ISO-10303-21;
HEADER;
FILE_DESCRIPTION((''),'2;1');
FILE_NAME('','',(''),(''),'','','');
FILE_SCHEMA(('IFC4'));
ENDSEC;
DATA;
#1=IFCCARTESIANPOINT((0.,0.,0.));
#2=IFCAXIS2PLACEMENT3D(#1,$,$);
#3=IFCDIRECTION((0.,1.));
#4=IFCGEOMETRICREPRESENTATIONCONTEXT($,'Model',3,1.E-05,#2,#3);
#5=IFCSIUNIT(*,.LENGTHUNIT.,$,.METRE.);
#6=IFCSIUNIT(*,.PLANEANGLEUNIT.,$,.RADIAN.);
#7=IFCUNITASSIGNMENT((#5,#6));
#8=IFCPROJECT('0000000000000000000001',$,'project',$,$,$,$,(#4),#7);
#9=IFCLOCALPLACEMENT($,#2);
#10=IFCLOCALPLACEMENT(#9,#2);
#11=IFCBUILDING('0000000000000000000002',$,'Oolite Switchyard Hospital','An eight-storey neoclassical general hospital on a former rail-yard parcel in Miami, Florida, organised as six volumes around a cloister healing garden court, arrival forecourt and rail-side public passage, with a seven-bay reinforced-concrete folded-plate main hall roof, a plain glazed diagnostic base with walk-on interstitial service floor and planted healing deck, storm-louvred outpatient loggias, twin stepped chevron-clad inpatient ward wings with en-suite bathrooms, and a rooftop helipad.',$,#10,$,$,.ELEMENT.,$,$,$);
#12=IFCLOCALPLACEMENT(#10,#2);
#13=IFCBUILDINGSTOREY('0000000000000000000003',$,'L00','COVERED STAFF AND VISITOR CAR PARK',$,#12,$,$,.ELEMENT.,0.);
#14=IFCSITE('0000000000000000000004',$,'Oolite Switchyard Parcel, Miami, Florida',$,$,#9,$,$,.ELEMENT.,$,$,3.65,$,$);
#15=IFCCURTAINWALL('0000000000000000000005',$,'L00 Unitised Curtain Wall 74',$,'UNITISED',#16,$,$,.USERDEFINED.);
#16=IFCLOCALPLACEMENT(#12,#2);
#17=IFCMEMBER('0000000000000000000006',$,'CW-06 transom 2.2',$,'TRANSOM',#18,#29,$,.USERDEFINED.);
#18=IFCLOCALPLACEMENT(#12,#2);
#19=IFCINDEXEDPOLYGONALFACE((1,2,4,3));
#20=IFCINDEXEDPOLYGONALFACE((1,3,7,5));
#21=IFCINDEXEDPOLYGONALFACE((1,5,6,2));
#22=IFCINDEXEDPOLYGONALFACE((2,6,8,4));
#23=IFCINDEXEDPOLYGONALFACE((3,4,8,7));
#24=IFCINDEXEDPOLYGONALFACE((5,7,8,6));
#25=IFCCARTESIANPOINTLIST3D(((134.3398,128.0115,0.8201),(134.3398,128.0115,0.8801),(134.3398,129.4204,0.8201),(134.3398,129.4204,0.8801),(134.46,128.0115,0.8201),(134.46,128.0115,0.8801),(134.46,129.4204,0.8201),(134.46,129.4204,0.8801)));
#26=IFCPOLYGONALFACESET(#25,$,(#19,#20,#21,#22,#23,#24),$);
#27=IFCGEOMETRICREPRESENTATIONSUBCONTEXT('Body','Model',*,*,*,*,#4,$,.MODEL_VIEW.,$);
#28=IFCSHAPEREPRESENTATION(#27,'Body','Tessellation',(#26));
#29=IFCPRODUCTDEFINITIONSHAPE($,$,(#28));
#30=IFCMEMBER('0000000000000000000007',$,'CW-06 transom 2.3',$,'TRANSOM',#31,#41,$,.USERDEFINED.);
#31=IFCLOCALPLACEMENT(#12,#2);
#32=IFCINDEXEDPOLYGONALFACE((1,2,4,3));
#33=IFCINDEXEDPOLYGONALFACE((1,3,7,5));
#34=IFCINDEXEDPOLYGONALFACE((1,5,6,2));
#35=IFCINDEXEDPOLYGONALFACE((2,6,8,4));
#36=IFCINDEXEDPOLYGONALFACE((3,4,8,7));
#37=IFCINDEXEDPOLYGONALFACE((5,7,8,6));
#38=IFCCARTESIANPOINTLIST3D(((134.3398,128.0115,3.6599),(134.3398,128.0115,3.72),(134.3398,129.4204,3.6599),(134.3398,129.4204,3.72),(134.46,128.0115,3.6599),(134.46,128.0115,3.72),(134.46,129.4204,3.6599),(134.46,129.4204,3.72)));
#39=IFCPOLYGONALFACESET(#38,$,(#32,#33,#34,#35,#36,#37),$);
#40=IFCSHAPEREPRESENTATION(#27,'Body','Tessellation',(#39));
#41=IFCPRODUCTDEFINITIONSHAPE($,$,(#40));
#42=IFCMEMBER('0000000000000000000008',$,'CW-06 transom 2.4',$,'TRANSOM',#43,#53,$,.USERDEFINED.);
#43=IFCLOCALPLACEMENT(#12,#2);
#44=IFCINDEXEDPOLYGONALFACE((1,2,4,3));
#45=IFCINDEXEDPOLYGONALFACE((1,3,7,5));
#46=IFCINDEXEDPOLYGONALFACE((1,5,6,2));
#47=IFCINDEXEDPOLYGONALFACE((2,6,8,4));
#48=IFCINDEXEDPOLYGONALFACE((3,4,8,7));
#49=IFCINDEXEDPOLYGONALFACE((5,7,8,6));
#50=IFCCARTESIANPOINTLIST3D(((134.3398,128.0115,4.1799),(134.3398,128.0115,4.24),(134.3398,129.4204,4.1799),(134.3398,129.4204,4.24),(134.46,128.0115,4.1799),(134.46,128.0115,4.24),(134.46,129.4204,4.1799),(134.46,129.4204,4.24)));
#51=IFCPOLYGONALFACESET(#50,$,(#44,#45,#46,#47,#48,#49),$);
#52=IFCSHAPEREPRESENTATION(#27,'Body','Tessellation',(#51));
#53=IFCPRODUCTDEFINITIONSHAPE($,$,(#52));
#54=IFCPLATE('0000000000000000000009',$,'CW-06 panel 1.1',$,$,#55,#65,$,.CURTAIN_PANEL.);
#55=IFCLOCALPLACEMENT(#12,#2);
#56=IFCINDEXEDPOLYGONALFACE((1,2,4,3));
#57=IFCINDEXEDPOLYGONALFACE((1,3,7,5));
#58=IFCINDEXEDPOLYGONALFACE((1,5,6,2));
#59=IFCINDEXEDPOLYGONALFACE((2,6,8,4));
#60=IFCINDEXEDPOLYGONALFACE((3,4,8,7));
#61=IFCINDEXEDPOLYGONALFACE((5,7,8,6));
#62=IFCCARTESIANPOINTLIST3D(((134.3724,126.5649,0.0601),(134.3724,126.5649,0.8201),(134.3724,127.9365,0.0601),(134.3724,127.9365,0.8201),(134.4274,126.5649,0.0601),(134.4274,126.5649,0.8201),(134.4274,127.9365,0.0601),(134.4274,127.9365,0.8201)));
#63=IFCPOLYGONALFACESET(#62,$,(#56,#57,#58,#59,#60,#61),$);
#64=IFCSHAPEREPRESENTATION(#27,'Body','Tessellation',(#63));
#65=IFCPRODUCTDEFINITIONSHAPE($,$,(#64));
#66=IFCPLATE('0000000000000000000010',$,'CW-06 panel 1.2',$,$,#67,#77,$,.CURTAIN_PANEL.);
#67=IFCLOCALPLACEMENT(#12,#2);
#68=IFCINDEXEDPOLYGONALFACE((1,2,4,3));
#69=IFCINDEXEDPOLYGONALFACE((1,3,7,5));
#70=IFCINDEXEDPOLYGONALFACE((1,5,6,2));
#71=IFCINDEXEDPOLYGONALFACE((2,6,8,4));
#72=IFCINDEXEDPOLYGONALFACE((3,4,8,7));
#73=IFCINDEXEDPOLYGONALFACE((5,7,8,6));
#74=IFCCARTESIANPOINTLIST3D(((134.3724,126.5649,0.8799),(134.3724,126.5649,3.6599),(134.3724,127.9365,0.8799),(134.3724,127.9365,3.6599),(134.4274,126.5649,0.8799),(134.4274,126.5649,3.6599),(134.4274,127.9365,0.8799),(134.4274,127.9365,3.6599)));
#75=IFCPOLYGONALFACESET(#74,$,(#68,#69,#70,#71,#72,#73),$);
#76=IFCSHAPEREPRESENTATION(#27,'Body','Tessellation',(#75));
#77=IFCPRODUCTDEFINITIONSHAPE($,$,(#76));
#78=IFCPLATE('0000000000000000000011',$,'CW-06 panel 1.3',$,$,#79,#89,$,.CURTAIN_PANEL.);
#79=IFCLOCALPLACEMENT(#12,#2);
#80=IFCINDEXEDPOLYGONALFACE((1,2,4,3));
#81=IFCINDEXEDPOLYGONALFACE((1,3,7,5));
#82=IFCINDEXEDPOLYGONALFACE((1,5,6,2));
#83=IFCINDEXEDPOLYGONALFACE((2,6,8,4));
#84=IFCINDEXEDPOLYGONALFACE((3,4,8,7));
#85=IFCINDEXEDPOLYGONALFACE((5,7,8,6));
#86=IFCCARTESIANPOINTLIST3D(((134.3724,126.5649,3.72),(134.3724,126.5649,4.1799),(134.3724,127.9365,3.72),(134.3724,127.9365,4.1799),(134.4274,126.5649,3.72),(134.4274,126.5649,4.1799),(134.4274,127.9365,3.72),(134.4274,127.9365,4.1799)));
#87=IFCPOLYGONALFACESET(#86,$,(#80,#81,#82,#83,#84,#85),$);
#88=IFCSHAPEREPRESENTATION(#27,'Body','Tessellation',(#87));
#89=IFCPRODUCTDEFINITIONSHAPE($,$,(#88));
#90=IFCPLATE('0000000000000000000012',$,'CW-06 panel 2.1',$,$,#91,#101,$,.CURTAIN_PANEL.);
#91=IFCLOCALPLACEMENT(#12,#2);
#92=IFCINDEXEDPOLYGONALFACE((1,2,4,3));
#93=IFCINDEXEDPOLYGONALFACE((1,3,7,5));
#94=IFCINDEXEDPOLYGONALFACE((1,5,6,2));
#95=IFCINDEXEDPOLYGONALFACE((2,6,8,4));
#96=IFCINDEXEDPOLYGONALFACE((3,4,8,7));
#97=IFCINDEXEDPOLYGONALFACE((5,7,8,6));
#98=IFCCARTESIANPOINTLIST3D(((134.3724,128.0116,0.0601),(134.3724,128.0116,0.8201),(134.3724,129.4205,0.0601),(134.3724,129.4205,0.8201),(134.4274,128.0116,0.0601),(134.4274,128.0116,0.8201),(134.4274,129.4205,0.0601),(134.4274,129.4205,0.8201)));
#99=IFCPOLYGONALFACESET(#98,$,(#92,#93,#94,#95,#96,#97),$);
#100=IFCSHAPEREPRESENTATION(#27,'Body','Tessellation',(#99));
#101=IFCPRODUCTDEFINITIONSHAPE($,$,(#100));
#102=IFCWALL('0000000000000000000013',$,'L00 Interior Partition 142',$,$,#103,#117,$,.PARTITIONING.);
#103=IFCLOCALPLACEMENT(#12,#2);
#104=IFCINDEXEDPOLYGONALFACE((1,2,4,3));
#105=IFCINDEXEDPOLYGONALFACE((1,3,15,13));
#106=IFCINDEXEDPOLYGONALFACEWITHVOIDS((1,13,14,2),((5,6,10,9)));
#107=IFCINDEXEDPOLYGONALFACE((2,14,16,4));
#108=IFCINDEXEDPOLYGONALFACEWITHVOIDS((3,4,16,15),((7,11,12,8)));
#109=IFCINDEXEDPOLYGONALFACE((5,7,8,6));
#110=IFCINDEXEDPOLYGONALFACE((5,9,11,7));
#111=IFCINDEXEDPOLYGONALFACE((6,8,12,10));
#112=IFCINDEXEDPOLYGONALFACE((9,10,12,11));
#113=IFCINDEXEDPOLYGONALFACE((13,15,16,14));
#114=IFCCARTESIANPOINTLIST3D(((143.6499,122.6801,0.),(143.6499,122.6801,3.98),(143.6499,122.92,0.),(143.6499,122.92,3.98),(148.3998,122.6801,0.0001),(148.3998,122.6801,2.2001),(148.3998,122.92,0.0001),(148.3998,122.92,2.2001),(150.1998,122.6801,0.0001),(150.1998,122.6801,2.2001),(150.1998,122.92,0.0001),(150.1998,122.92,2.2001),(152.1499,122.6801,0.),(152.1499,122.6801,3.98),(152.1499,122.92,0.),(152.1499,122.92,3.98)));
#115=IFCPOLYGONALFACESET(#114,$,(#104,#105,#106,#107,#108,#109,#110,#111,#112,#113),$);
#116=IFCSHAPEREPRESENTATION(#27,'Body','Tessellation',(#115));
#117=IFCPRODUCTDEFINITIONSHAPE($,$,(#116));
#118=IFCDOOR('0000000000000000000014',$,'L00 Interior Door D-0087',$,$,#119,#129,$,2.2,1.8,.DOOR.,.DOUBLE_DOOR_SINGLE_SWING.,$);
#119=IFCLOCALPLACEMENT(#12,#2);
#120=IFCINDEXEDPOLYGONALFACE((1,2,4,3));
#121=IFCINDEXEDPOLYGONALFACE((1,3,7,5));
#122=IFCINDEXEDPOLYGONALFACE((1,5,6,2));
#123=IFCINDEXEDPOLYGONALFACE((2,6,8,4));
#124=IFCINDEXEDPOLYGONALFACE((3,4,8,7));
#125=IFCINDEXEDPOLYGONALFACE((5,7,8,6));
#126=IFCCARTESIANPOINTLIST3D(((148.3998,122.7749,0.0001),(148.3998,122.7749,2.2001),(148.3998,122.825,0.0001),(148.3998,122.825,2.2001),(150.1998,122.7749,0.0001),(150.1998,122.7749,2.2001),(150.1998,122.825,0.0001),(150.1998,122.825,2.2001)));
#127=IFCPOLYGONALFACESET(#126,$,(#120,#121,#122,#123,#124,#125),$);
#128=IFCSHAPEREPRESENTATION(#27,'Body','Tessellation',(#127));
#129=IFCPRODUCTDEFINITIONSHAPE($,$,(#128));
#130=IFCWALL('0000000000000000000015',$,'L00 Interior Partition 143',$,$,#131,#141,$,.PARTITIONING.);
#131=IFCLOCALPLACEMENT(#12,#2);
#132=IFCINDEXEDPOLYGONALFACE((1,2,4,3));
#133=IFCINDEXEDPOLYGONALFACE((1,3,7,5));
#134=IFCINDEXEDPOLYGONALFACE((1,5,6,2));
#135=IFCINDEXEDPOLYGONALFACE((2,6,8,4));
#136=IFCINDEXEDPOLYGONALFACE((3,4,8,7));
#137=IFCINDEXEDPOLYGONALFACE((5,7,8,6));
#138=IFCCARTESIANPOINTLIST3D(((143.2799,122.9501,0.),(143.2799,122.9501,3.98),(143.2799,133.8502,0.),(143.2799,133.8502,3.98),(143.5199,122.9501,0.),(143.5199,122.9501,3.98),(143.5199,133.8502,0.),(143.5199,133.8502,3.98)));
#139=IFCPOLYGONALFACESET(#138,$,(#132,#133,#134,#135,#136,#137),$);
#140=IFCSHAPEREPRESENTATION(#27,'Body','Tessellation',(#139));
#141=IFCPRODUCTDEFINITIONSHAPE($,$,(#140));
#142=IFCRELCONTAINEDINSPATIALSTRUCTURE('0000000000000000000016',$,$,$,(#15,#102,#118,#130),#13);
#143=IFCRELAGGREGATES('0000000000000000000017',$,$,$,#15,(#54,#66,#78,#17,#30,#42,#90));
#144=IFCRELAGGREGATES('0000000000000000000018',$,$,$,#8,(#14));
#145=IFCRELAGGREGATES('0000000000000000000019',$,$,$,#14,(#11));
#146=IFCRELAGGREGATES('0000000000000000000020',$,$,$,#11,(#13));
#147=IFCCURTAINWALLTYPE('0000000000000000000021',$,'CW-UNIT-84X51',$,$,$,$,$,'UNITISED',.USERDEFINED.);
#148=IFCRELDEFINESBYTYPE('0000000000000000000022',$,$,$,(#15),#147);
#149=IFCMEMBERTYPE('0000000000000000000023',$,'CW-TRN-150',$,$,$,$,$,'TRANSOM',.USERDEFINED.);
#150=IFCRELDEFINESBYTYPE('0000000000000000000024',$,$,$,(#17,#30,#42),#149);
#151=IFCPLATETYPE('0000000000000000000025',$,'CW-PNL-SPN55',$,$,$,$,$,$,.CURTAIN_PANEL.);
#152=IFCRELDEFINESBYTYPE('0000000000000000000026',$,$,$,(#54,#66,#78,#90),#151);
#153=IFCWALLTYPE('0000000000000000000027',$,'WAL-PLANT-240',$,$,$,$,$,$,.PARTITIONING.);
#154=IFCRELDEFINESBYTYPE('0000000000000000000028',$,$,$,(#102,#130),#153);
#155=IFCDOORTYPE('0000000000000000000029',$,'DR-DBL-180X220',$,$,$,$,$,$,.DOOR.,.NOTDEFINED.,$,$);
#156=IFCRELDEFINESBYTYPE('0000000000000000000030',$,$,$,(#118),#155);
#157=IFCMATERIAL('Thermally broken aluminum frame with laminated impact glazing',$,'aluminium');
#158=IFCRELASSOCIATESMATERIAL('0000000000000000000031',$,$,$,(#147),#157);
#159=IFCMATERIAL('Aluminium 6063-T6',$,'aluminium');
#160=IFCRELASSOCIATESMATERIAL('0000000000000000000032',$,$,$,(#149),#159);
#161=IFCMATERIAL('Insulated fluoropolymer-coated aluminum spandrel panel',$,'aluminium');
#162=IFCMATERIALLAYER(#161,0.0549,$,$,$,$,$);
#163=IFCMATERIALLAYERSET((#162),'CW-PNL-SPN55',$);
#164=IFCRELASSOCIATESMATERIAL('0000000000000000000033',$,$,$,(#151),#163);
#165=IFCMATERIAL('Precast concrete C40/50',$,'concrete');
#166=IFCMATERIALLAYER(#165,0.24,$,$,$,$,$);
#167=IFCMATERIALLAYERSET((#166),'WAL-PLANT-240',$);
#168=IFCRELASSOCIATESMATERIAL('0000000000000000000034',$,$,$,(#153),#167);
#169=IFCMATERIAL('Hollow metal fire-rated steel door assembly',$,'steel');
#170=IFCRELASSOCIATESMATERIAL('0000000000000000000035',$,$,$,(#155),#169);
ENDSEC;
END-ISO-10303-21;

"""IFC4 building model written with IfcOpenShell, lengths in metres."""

from ifc_helpers import new_model, si_unit, direction, frame, frame_2d, origin, origin_2d, place, context, subcontext, project, spatial, rectangle, extrude, material, layer, layer_set, material_profile, profile_set, type_object, element, fill, aggregate, save


model = new_model("IFC4")

# Units and contexts
model_context = context("Model", 3, precision=1e-05, world=origin(), true_north=direction((0.0, 1.0)))
body_context = subcontext(model_context, "Body", "Model", "MODEL_VIEW")
ifc_project = project(units=[si_unit("LENGTHUNIT", "METRE"), si_unit("PLANEANGLEUNIT", "RADIAN")], contexts=[model_context])

# Site, building, storey
site_placement = place(None, origin())
site = spatial("IfcSite", under=ifc_project, at=site_placement, Name="Oolite Switchyard Parcel, Miami, Florida", CompositionType="ELEMENT", RefElevation=3.65)
building_placement = place(site_placement, origin())
building = spatial("IfcBuilding", under=site, at=building_placement, Name="Oolite Switchyard Hospital", Description="An eight-storey neoclassical general hospital on a former rail-yard parcel in Miami, Florida, organised as six volumes around a cloister healing garden court, arrival forecourt and rail-side public passage, with a seven-bay reinforced-concrete folded-plate main hall roof, a plain glazed diagnostic base with walk-on interstitial service floor and planted healing deck, storm-louvred outpatient loggias, twin stepped chevron-clad inpatient ward wings with en-suite bathrooms, and a rooftop helipad.", CompositionType="ELEMENT")
storey_placement = place(building_placement, origin())
storey = spatial("IfcBuildingStorey", under=building, at=storey_placement, Name="L00", Description="COVERED STAFF AND VISITOR CAR PARK", CompositionType="ELEMENT", Elevation=0.0)

# Curtain wall, members, plates
ifc_material_1 = material(Name="Thermally broken aluminum frame with laminated impact glazing", Category="aluminium")
curtain_wall_type = type_object("IfcCurtainWallType", Name="CW-UNIT-84X51", ElementType="UNITISED", PredefinedType="USERDEFINED", material=ifc_material_1)
curtain_wall_placement = place(storey_placement, origin())
curtain_wall = element("IfcCurtainWall", 1, at=curtain_wall_placement, inside=storey, type_object=curtain_wall_type, Name="L00 Unitised Curtain Wall 74", ObjectType="UNITISED", PredefinedType="USERDEFINED")
ifc_material_2 = material(Name="Aluminium 6063-T6", Category="aluminium")
ifc_material_profile_1 = material_profile(ifc_material_2, rectangle(XDim=0.1201, YDim=0.0601, at=origin_2d()), Name="CWT60X120")
ifc_profile_set_1 = profile_set([ifc_material_profile_1], Name="Aluminium 6063-T6")
member_type_1 = type_object("IfcMemberType", Name="CW-TRN-150", ElementType="TRANSOM", PredefinedType="USERDEFINED", material=ifc_profile_set_1)
member_1_placement = place(storey_placement, frame((134.3999, 128.0115, 0.8501), z_axis=(0.0, 1.0, 0.0), x_axis=(-1.0, 0.0, 0.0)))
member_1 = element("IfcMember", 2, at=member_1_placement, type_object=member_type_1, Name="CW-06 transom 2.2", ObjectType="TRANSOM", PredefinedType="USERDEFINED", context=body_context, shape_type="SweptSolid", body=[
    extrude(rectangle(XDim=0.1201, YDim=0.0601, at=origin_2d()), origin(), (0.0, 0.0, 1.0), 1.4089),
])
member_2_placement = place(storey_placement, frame((134.3999, 128.0115, 3.6899), z_axis=(0.0, 1.0, 0.0), x_axis=(-1.0, 0.0, 0.0)))
member_2 = element("IfcMember", 3, at=member_2_placement, type_object=member_type_1, Name="CW-06 transom 2.3", ObjectType="TRANSOM", PredefinedType="USERDEFINED", context=body_context, shape_type="SweptSolid", body=[
    extrude(rectangle(XDim=0.1201, YDim=0.0601, at=origin_2d()), origin(), (0.0, 0.0, 1.0), 1.4089),
])
member_3_placement = place(storey_placement, frame((134.3999, 128.0115, 4.21), z_axis=(0.0, 1.0, 0.0), x_axis=(-1.0, 0.0, 0.0)))
member_3 = element("IfcMember", 4, at=member_3_placement, type_object=member_type_1, Name="CW-06 transom 2.4", ObjectType="TRANSOM", PredefinedType="USERDEFINED", context=body_context, shape_type="SweptSolid", body=[
    extrude(rectangle(XDim=0.1201, YDim=0.0601, at=origin_2d()), origin(), (0.0, 0.0, 1.0), 1.4089),
])
ifc_material_3 = material(Name="Insulated fluoropolymer-coated aluminum spandrel panel", Category="aluminium")
ifc_layer_1 = layer(ifc_material_3, 0.0549)
ifc_layer_set_1 = layer_set([ifc_layer_1], Name="CW-PNL-SPN55")
plate_type = type_object("IfcPlateType", Name="CW-PNL-SPN55", PredefinedType="CURTAIN_PANEL", material=ifc_layer_set_1)
plate_1_placement = place(storey_placement, frame((134.3999, 127.2507, 0.0601), z_axis=(0.0, 0.0, 1.0), x_axis=(0.0, 1.0, 0.0)))
plate_1 = element("IfcPlate", 5, at=plate_1_placement, type_object=plate_type, Name="CW-06 panel 1.1", PredefinedType="CURTAIN_PANEL", context=body_context, shape_type="SweptSolid", body=[
    extrude(rectangle(XDim=1.3716, YDim=0.0549, at=origin_2d()), origin(), (0.0, 0.0, 1.0), 0.76),
])
plate_2_placement = place(storey_placement, frame((134.3999, 127.2507, 0.8799), z_axis=(0.0, 0.0, 1.0), x_axis=(0.0, 1.0, 0.0)))
plate_2 = element("IfcPlate", 6, at=plate_2_placement, type_object=plate_type, Name="CW-06 panel 1.2", PredefinedType="CURTAIN_PANEL", context=body_context, shape_type="SweptSolid", body=[
    extrude(rectangle(XDim=1.3716, YDim=0.0549, at=origin_2d()), origin(), (0.0, 0.0, 1.0), 2.78),
])
plate_3_placement = place(storey_placement, frame((134.3999, 127.2507, 3.72), z_axis=(0.0, 0.0, 1.0), x_axis=(0.0, 1.0, 0.0)))
plate_3 = element("IfcPlate", 7, at=plate_3_placement, type_object=plate_type, Name="CW-06 panel 1.3", PredefinedType="CURTAIN_PANEL", context=body_context, shape_type="SweptSolid", body=[
    extrude(rectangle(XDim=1.3716, YDim=0.0549, at=origin_2d()), origin(), (0.0, 0.0, 1.0), 0.46),
])
plate_4_placement = place(storey_placement, frame((134.3999, 128.7161, 0.0601), z_axis=(0.0, 0.0, 1.0), x_axis=(0.0, 1.0, 0.0)))
plate_4 = element("IfcPlate", 8, at=plate_4_placement, type_object=plate_type, Name="CW-06 panel 2.1", PredefinedType="CURTAIN_PANEL", context=body_context, shape_type="SweptSolid", body=[
    extrude(rectangle(XDim=1.4089, YDim=0.0549, at=origin_2d()), origin(), (0.0, 0.0, 1.0), 0.76),
])
aggregate(curtain_wall, [plate_1, plate_2, plate_3, member_1, member_2, member_3, plate_4])

# Wall, opening, door
ifc_material_4 = material(Name="Precast concrete C40/50", Category="concrete")
ifc_layer_2 = layer(ifc_material_4, 0.24)
ifc_layer_set_2 = layer_set([ifc_layer_2], Name="WAL-PLANT-240")
wall_type = type_object("IfcWallType", Name="WAL-PLANT-240", PredefinedType="PARTITIONING", material=ifc_layer_set_2)
wall_1_placement = place(storey_placement, frame((143.6499, 122.8, 0.0), z_axis=(0.0, 0.0, 1.0), x_axis=(1.0, 0.0, 0.0)))
wall_1 = element("IfcWall", 9, at=wall_1_placement, inside=storey, type_object=wall_type, Name="L00 Interior Partition 142", PredefinedType="PARTITIONING", context=body_context, shape_type="SweptSolid", body=[
    extrude(rectangle(XDim=8.5, YDim=0.24, at=frame_2d((4.25, 0.0))), origin(), (0.0, 0.0, 1.0), 3.98),
])
opening_placement = place(wall_1_placement, frame((4.75, 0.0, 0.0)))
opening = element("IfcOpeningElement", 10, at=opening_placement, cuts=wall_1, PredefinedType="OPENING", context=body_context, shape_type="SweptSolid", body=[
    extrude(rectangle(XDim=1.8, YDim=2.2, at=frame_2d((0.8999, 1.1001))), frame((0.0, 0.1299, 0.0), z_axis=(0.0, -1.0, 0.0), x_axis=(1.0, 0.0, 0.0)), (0.0, 0.0, 1.0), 0.26),
])
ifc_material_5 = material(Name="Hollow metal fire-rated steel door assembly", Category="steel")
door_type = type_object("IfcDoorType", Name="DR-DBL-180X220", OperationType="NOTDEFINED", PredefinedType="DOOR", material=ifc_material_5)
door_placement = place(opening_placement, origin())
door = element("IfcDoor", 11, at=door_placement, inside=storey, type_object=door_type, Name="L00 Interior Door D-0087", OperationType="DOUBLE_DOOR_SINGLE_SWING", OverallHeight=2.2, OverallWidth=1.8, PredefinedType="DOOR", context=body_context, shape_type="SweptSolid", body=[
    extrude(rectangle(XDim=1.8, YDim=2.2, at=frame_2d((0.8999, 1.1001))), frame((0.0, 0.0249, 0.0), z_axis=(0.0, -1.0, 0.0), x_axis=(1.0, 0.0, 0.0)), (0.0, 0.0, 1.0), 0.05),
])
fill(opening, door)

# Wall
wall_2_placement = place(storey_placement, frame((143.3999, 122.95, 0.0), z_axis=(0.0, 0.0, 1.0), x_axis=(0.0, 1.0, 0.0)))
element("IfcWall", 12, at=wall_2_placement, inside=storey, type_object=wall_type, Name="L00 Interior Partition 143", PredefinedType="PARTITIONING", context=body_context, shape_type="SweptSolid", body=[
    extrude(rectangle(XDim=10.9001, YDim=0.24, at=frame_2d((5.4502, 0.0))), origin(), (0.0, 0.0, 1.0), 3.98),
])

save(model, "model.ifc")
